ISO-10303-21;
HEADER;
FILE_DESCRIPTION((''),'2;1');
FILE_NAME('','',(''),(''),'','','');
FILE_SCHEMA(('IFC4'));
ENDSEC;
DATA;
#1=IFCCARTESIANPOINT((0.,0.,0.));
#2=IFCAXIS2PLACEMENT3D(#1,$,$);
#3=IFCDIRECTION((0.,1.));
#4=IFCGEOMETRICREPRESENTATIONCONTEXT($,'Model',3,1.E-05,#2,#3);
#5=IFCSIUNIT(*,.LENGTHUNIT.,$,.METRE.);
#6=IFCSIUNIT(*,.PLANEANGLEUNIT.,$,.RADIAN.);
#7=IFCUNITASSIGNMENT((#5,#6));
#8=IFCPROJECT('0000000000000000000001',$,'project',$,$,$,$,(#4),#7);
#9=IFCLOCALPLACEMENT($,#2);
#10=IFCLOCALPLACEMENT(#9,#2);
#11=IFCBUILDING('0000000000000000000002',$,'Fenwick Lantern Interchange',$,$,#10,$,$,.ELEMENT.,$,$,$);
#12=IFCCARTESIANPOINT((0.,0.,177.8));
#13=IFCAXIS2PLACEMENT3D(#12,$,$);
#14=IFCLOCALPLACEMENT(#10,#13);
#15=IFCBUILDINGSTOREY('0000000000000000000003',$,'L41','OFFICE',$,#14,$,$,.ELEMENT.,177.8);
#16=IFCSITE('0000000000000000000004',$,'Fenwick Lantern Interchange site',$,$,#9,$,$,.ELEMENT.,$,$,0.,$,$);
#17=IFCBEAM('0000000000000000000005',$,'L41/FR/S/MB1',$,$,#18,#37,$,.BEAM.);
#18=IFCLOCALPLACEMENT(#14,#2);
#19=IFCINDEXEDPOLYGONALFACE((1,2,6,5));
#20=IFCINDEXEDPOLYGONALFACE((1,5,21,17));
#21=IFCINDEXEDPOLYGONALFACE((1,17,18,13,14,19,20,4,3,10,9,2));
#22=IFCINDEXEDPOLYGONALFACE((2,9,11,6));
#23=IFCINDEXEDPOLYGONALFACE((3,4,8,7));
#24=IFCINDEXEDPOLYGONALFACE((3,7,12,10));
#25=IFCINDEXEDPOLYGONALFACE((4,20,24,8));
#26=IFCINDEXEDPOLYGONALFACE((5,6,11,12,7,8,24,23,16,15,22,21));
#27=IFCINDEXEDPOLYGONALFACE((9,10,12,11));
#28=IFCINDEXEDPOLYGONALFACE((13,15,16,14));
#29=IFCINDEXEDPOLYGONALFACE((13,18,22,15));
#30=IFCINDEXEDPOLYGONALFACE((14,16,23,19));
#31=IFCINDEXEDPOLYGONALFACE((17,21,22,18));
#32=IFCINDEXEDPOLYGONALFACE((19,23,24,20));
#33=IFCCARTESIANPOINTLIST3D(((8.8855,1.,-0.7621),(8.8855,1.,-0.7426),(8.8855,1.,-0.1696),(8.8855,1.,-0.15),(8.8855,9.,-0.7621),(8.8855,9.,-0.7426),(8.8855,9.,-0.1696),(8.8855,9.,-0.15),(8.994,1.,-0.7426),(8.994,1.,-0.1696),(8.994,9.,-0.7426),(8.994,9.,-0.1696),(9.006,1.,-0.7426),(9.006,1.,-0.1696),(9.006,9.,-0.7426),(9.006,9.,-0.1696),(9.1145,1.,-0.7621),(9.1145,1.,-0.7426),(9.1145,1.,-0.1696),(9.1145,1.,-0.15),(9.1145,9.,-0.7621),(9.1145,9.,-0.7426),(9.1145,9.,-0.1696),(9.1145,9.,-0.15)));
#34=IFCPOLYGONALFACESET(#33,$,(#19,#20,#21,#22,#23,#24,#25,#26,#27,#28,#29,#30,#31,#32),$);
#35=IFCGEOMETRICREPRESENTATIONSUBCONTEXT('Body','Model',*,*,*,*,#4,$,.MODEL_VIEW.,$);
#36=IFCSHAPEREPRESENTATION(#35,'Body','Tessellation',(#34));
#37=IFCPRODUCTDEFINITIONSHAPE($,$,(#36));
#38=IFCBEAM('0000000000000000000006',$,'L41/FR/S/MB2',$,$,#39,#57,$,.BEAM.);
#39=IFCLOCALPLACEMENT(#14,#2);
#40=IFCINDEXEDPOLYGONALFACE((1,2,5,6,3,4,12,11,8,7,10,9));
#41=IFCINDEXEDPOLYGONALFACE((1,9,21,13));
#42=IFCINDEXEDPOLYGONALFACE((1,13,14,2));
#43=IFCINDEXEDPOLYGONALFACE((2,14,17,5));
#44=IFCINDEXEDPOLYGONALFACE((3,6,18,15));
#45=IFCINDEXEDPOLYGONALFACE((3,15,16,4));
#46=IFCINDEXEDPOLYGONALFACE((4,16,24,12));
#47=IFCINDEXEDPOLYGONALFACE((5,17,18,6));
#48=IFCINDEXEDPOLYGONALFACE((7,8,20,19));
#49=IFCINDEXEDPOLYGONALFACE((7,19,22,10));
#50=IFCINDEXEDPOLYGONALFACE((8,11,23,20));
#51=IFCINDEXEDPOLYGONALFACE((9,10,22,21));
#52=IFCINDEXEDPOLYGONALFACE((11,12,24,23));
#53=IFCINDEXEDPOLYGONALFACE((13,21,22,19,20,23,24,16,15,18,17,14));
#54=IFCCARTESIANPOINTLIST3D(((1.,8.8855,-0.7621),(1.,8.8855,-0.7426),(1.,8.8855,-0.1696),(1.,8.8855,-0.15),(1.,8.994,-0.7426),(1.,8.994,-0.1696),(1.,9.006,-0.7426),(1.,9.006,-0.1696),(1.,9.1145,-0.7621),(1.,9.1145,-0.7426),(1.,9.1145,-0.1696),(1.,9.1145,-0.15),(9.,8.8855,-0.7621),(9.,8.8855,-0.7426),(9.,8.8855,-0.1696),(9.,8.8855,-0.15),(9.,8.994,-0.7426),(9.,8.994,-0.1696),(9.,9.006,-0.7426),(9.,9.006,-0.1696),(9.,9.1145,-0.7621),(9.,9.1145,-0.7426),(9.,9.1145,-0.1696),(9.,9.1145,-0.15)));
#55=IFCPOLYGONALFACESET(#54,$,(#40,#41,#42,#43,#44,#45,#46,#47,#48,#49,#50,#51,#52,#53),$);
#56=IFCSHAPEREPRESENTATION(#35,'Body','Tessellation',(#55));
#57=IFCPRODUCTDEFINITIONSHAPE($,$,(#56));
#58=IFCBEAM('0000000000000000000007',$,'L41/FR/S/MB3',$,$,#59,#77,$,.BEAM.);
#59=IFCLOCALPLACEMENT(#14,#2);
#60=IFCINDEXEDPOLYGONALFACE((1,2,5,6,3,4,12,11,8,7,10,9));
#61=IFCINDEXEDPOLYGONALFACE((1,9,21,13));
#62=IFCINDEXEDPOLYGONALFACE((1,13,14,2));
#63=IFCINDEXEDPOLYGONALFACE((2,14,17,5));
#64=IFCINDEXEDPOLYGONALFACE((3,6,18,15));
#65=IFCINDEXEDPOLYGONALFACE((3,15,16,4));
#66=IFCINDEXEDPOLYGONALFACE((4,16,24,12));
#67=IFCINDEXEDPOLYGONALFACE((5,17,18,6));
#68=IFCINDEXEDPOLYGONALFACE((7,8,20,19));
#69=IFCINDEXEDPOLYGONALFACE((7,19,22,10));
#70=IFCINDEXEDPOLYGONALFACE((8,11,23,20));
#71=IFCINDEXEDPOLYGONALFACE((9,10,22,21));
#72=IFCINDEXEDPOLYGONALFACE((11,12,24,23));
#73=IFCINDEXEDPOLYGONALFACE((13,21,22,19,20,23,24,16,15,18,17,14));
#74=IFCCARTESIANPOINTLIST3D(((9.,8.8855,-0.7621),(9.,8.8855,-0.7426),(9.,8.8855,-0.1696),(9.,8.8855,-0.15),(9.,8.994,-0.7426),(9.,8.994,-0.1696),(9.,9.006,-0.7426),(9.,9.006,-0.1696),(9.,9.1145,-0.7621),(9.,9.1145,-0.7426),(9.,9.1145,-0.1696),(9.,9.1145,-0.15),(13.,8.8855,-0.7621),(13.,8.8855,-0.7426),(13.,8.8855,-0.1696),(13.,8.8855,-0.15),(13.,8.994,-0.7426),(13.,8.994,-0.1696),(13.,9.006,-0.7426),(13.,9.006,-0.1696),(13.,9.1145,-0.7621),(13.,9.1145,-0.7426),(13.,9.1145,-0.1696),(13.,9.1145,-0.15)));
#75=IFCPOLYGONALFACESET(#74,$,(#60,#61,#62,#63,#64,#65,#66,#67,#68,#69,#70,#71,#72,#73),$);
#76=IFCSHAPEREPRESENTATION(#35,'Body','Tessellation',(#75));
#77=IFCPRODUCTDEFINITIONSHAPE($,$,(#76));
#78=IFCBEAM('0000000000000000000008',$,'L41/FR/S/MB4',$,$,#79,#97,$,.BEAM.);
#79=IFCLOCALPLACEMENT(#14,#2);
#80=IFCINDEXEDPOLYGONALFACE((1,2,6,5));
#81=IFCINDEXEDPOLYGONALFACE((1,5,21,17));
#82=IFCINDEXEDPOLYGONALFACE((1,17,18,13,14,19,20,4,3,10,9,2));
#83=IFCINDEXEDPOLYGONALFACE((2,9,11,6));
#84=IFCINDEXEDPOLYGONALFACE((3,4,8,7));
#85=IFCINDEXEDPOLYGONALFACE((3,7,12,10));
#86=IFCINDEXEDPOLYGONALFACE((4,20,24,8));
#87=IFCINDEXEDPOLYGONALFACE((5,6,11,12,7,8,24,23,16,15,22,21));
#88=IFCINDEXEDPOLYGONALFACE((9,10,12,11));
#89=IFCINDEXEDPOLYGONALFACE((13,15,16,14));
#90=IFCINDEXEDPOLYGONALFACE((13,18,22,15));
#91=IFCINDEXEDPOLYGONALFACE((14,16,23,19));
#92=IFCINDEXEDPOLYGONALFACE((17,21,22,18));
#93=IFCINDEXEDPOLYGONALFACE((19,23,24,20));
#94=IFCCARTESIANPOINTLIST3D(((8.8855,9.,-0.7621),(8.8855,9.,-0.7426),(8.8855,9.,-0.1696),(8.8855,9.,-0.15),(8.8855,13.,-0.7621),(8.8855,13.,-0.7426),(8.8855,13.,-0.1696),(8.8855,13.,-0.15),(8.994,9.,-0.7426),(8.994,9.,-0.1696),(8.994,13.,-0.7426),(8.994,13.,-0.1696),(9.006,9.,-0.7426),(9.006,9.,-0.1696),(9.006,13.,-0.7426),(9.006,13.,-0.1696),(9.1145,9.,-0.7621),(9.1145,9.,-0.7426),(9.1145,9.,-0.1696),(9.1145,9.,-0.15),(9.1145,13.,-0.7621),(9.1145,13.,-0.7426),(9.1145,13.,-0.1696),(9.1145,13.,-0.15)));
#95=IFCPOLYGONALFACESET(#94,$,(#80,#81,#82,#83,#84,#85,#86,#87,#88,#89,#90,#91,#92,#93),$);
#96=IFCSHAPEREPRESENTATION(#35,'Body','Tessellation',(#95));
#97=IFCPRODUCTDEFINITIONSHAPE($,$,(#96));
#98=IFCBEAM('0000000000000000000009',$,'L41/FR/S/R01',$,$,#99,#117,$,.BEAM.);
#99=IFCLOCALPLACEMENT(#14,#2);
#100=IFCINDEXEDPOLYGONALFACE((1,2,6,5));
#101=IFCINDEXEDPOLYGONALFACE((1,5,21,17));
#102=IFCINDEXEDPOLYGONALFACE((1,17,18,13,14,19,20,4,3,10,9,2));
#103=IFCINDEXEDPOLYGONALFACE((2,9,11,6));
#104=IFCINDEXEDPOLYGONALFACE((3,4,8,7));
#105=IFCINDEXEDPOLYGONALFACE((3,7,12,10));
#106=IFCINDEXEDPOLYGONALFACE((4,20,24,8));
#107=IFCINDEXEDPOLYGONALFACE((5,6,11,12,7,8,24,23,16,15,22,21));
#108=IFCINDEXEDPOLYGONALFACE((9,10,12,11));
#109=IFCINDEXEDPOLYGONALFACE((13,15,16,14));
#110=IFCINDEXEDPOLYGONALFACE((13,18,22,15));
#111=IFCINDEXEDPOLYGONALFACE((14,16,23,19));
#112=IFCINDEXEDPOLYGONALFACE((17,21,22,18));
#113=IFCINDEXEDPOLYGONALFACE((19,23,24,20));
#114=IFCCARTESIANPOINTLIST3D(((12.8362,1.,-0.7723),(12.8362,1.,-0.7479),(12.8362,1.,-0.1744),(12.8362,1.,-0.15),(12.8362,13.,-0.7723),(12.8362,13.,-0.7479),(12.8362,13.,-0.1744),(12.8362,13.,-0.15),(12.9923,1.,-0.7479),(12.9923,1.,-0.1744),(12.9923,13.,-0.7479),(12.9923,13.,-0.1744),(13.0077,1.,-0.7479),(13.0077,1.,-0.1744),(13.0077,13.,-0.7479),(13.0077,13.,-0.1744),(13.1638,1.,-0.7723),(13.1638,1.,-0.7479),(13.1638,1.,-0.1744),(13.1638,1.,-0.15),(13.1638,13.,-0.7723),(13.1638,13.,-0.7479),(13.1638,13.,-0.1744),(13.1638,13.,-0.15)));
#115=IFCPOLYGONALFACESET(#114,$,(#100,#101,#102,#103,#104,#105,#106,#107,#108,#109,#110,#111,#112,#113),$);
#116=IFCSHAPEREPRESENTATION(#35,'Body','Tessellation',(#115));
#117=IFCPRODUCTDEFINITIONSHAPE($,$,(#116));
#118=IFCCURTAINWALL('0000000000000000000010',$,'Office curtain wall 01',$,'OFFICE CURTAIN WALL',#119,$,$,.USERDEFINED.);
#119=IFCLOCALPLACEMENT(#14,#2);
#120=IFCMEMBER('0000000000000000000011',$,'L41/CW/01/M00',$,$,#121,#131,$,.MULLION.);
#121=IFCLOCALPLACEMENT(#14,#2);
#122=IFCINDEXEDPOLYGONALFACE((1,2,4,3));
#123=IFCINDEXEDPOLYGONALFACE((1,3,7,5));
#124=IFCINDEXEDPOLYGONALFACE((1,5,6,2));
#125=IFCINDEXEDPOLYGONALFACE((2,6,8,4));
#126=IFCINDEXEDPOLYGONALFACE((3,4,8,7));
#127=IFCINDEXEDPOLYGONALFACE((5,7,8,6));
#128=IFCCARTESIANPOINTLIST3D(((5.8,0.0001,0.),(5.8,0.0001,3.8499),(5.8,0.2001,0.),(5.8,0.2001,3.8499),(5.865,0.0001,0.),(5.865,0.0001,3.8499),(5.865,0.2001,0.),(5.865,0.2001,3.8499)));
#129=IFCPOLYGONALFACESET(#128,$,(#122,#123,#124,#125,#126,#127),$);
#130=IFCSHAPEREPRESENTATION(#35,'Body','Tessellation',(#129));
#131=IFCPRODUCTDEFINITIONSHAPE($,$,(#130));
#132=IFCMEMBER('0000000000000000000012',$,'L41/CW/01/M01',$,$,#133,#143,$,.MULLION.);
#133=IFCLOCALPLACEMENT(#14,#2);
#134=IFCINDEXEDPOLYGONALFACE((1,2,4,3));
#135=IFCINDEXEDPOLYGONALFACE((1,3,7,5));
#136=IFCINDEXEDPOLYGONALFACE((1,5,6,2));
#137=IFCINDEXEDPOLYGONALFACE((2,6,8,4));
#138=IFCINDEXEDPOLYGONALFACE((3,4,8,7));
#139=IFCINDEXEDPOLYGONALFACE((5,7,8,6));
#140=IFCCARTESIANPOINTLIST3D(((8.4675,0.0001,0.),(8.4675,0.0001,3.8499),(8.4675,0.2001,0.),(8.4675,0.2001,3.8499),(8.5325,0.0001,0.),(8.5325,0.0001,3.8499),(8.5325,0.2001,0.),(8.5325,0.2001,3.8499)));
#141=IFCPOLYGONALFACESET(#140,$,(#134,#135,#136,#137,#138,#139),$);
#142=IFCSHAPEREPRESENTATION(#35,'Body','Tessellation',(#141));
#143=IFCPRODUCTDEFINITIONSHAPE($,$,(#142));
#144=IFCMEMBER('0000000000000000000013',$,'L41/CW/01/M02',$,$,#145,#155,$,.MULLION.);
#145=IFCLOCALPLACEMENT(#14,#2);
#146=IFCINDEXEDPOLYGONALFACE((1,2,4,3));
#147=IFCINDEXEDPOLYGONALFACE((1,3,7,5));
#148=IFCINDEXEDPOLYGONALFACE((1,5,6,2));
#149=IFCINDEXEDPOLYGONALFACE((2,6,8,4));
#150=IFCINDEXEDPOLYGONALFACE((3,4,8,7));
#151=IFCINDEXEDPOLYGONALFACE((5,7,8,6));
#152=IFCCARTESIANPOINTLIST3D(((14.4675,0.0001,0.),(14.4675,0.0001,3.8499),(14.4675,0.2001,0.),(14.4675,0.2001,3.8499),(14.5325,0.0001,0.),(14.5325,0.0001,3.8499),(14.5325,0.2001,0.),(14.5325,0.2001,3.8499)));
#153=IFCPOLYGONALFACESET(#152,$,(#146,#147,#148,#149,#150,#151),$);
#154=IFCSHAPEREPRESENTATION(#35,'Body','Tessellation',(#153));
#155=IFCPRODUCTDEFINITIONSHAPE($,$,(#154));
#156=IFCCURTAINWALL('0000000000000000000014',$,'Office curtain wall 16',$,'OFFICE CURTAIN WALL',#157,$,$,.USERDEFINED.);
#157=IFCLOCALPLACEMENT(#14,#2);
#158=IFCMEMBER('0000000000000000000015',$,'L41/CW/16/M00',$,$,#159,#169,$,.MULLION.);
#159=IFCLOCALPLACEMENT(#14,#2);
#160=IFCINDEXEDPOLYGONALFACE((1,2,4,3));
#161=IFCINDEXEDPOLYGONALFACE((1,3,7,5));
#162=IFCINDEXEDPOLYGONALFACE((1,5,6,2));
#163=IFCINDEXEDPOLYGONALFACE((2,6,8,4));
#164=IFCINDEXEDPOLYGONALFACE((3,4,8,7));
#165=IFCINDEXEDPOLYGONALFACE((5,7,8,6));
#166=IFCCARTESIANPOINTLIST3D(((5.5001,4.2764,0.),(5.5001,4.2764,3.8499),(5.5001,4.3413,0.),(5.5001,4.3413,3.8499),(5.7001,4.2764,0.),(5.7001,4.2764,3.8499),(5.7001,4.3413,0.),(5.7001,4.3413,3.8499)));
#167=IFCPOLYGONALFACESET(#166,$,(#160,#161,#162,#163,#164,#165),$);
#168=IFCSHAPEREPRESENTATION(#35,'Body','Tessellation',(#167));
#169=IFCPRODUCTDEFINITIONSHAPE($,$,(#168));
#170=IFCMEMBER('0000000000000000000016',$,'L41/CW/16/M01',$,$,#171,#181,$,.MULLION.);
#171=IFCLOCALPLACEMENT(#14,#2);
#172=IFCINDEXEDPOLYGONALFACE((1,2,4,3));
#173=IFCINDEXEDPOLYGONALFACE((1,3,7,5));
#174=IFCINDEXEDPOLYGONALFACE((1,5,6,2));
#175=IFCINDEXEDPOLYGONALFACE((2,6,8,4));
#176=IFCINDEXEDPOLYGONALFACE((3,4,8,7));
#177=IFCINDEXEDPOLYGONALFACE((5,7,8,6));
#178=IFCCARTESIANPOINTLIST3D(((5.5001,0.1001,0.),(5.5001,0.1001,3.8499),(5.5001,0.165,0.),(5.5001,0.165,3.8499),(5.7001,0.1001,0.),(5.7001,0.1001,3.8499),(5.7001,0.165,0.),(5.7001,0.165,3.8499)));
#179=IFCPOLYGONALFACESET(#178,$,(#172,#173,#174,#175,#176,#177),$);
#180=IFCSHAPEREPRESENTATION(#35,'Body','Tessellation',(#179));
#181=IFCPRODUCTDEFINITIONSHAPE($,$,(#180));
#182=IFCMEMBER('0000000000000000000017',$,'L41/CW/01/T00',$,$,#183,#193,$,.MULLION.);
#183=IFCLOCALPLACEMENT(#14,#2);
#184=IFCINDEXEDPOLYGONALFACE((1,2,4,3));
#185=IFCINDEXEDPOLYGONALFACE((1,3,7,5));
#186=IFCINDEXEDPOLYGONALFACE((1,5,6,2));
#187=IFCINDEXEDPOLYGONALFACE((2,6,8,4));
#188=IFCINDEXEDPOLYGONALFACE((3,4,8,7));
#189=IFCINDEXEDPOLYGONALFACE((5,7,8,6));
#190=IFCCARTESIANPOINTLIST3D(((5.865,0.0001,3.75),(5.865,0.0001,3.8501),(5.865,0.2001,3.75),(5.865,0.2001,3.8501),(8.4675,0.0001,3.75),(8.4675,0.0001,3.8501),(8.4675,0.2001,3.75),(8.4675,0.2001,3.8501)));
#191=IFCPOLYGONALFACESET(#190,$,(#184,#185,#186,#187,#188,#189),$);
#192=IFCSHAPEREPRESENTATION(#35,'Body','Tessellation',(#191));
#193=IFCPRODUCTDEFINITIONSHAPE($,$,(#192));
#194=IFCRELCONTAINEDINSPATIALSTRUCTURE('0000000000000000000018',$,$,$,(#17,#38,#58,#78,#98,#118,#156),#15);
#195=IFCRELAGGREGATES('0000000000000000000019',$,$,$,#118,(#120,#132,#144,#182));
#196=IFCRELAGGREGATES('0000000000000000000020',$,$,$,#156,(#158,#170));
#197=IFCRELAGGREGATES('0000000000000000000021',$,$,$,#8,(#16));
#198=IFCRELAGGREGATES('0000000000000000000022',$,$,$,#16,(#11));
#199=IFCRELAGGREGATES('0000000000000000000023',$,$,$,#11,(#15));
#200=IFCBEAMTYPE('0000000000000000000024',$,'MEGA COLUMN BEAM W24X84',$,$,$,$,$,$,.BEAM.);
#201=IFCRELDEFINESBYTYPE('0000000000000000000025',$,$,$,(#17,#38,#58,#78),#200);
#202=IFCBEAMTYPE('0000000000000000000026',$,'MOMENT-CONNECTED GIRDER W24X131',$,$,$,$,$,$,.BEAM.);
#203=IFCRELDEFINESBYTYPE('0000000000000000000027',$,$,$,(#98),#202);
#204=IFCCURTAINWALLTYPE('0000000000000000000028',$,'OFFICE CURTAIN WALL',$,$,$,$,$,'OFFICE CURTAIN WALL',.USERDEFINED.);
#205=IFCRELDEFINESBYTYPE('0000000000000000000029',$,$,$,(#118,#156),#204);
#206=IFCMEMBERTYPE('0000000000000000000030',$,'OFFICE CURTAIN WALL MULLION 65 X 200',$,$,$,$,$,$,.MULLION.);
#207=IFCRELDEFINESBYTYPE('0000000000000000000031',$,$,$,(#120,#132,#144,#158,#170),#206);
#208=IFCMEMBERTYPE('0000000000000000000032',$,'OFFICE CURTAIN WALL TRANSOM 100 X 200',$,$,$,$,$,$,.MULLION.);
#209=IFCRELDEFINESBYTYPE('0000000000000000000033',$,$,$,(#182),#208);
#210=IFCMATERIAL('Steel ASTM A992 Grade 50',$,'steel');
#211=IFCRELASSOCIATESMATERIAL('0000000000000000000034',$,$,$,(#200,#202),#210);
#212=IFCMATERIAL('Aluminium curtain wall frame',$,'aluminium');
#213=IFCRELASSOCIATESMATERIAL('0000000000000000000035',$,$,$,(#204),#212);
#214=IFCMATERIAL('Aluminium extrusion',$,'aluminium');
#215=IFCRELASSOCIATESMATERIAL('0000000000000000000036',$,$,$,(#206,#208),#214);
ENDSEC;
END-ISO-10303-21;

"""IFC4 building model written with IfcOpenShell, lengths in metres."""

from ifc_helpers import new_model, si_unit, direction, frame, origin, origin_2d, place, context, subcontext, project, spatial, rectangle, i_section, extrude, material, material_profile, profile_set, type_object, element, aggregate, save


model = new_model("IFC4")

# Units and contexts
model_context = context("Model", 3, precision=1e-05, world=origin(), true_north=direction((0.0, 1.0)))
body_context = subcontext(model_context, "Body", "Model", "MODEL_VIEW")
ifc_project = project(units=[si_unit("LENGTHUNIT", "METRE"), si_unit("PLANEANGLEUNIT", "RADIAN")], contexts=[model_context])

# Site, building, storey
site_placement = place(None, origin())
site = spatial("IfcSite", under=ifc_project, at=site_placement, Name="Fenwick Lantern Interchange site", CompositionType="ELEMENT", RefElevation=0.0)
building_placement = place(site_placement, origin())
building = spatial("IfcBuilding", under=site, at=building_placement, Name="Fenwick Lantern Interchange", CompositionType="ELEMENT")
storey_placement = place(building_placement, frame((0.0, 0.0, 177.8)))
storey = spatial("IfcBuildingStorey", under=building, at=storey_placement, Name="L41", Description="OFFICE", CompositionType="ELEMENT", Elevation=177.8)

# Shared definitions
ifc_material_1 = material(Name="Steel ASTM A992 Grade 50", Category="steel")

# Beams
ifc_material_profile_1 = material_profile(ifc_material_1, i_section(OverallWidth=0.229, OverallDepth=0.6121, WebThickness=0.012, FlangeThickness=0.0195, at=origin_2d()), Name="W24X84")
ifc_profile_set_1 = profile_set([ifc_material_profile_1], Name="Steel ASTM A992 Grade 50")
beam_type_1 = type_object("IfcBeamType", Name="MEGA COLUMN BEAM W24X84", PredefinedType="BEAM", material=ifc_profile_set_1)
for number, where, z_axis, x_axis, name in (
    (1, (9.0, 9.0, -0.4561), (0.0, -1.0, 0.0), (1.0, 0.0, 0.0), "L41/FR/S/MB1"),
    (2, (9.0, 9.0, -0.4561), (-1.0, 0.0, 0.0), (0.0, -1.0, 0.0), "L41/FR/S/MB2"),
):
    element("IfcBeam", number, at=place(storey_placement, frame(where, z_axis=z_axis, x_axis=x_axis)), inside=storey, type_object=beam_type_1, Name=name, PredefinedType="BEAM", context=body_context, shape_type="SweptSolid", body=[
        extrude(i_section(OverallWidth=0.229, OverallDepth=0.6121, WebThickness=0.012, FlangeThickness=0.0195, at=origin_2d()), origin(), (0.0, 0.0, 1.0), 8.0),
    ])
for number, where, z_axis, x_axis, name in (
    (3, (9.0, 9.0, -0.4561), (1.0, 0.0, 0.0), (0.0, 1.0, 0.0), "L41/FR/S/MB3"),
    (4, (9.0, 9.0, -0.4561), (0.0, 1.0, 0.0), (-1.0, 0.0, 0.0), "L41/FR/S/MB4"),
):
    element("IfcBeam", number, at=place(storey_placement, frame(where, z_axis=z_axis, x_axis=x_axis)), inside=storey, type_object=beam_type_1, Name=name, PredefinedType="BEAM", context=body_context, shape_type="SweptSolid", body=[
        extrude(i_section(OverallWidth=0.229, OverallDepth=0.6121, WebThickness=0.012, FlangeThickness=0.0195, at=origin_2d()), origin(), (0.0, 0.0, 1.0), 4.0),
    ])
ifc_material_profile_2 = material_profile(ifc_material_1, i_section(OverallWidth=0.3276, OverallDepth=0.6223, WebThickness=0.0154, FlangeThickness=0.0244, at=origin_2d()), Name="W24X131")
ifc_profile_set_2 = profile_set([ifc_material_profile_2], Name="Steel ASTM A992 Grade 50")
beam_type_2 = type_object("IfcBeamType", Name="MOMENT-CONNECTED GIRDER W24X131", PredefinedType="BEAM", material=ifc_profile_set_2)
beam_1_placement = place(storey_placement, frame((13.0, 1.0, -0.4612), z_axis=(0.0, 1.0, 0.0), x_axis=(-1.0, 0.0, 0.0)))
element("IfcBeam", 5, at=beam_1_placement, inside=storey, type_object=beam_type_2, Name="L41/FR/S/R01", PredefinedType="BEAM", context=body_context, shape_type="SweptSolid", body=[
    extrude(i_section(OverallWidth=0.3276, OverallDepth=0.6223, WebThickness=0.0154, FlangeThickness=0.0244, at=origin_2d()), origin(), (0.0, 0.0, 1.0), 12.0),
])

# Curtain walls, members
ifc_material_2 = material(Name="Aluminium curtain wall frame", Category="aluminium")
curtain_wall_type = type_object("IfcCurtainWallType", Name="OFFICE CURTAIN WALL", ElementType="OFFICE CURTAIN WALL", PredefinedType="USERDEFINED", material=ifc_material_2)
curtain_wall_1_placement = place(storey_placement, origin())
curtain_wall_1 = element("IfcCurtainWall", 6, at=curtain_wall_1_placement, inside=storey, type_object=curtain_wall_type, Name="Office curtain wall 01", ObjectType="OFFICE CURTAIN WALL", PredefinedType="USERDEFINED")
ifc_material_3 = material(Name="Aluminium extrusion", Category="aluminium")
ifc_material_profile_3 = material_profile(ifc_material_3, rectangle(XDim=0.2, YDim=0.0649, at=origin_2d()), Name="OFFICE CURTAIN WALL MULLION 65 X 200")
ifc_profile_set_3 = profile_set([ifc_material_profile_3], Name="Aluminium extrusion")
member_type_1 = type_object("IfcMemberType", Name="OFFICE CURTAIN WALL MULLION 65 X 200", PredefinedType="MULLION", material=ifc_profile_set_3)
member_1_placement = place(storey_placement, frame((5.8325, 0.1001, 0.0), z_axis=(0.0, 0.0, 1.0), x_axis=(0.0, 1.0, 0.0)))
member_1 = element("IfcMember", 7, at=member_1_placement, type_object=member_type_1, Name="L41/CW/01/M00", PredefinedType="MULLION", context=body_context, shape_type="SweptSolid", body=[
    extrude(rectangle(XDim=0.2, YDim=0.0649, at=origin_2d()), origin(), (0.0, 0.0, 1.0), 3.8499),
])
member_2_placement = place(storey_placement, frame((8.5, 0.1001, 0.0), z_axis=(0.0, 0.0, 1.0), x_axis=(0.0, 1.0, 0.0)))
member_2 = element("IfcMember", 8, at=member_2_placement, type_object=member_type_1, Name="L41/CW/01/M01", PredefinedType="MULLION", context=body_context, shape_type="SweptSolid", body=[
    extrude(rectangle(XDim=0.2, YDim=0.0649, at=origin_2d()), origin(), (0.0, 0.0, 1.0), 3.8499),
])
member_3_placement = place(storey_placement, frame((14.5, 0.1001, 0.0), z_axis=(0.0, 0.0, 1.0), x_axis=(0.0, 1.0, 0.0)))
member_3 = element("IfcMember", 9, at=member_3_placement, type_object=member_type_1, Name="L41/CW/01/M02", PredefinedType="MULLION", context=body_context, shape_type="SweptSolid", body=[
    extrude(rectangle(XDim=0.2, YDim=0.0649, at=origin_2d()), origin(), (0.0, 0.0, 1.0), 3.8499),
])
curtain_wall_2_placement = place(storey_placement, origin())
curtain_wall_2 = element("IfcCurtainWall", 10, at=curtain_wall_2_placement, inside=storey, type_object=curtain_wall_type, Name="Office curtain wall 16", ObjectType="OFFICE CURTAIN WALL", PredefinedType="USERDEFINED")
member_4_placement = place(storey_placement, frame((5.6001, 4.3088, 0.0), z_axis=(0.0, 0.0, 1.0), x_axis=(1.0, 0.0, 0.0)))
member_4 = element("IfcMember", 11, at=member_4_placement, type_object=member_type_1, Name="L41/CW/16/M00", PredefinedType="MULLION", context=body_context, shape_type="SweptSolid", body=[
    extrude(rectangle(XDim=0.2, YDim=0.0649, at=origin_2d()), origin(), (0.0, 0.0, 1.0), 3.8499),
])
member_5_placement = place(storey_placement, frame((5.6001, 0.1326, 0.0), z_axis=(0.0, 0.0, 1.0), x_axis=(1.0, 0.0, 0.0)))
member_5 = element("IfcMember", 12, at=member_5_placement, type_object=member_type_1, Name="L41/CW/16/M01", PredefinedType="MULLION", context=body_context, shape_type="SweptSolid", body=[
    extrude(rectangle(XDim=0.2, YDim=0.0649, at=origin_2d()), origin(), (0.0, 0.0, 1.0), 3.8499),
])

# Member
ifc_material_profile_4 = material_profile(ifc_material_3, rectangle(XDim=0.2, YDim=0.1001, at=origin_2d()), Name="OFFICE CURTAIN WALL TRANSOM 100 X 200")
ifc_profile_set_4 = profile_set([ifc_material_profile_4], Name="Aluminium extrusion")
member_type_2 = type_object("IfcMemberType", Name="OFFICE CURTAIN WALL TRANSOM 100 X 200", PredefinedType="MULLION", material=ifc_profile_set_4)
member_6_placement = place(storey_placement, frame((5.865, 0.1001, 3.8), z_axis=(1.0, 0.0, 0.0), x_axis=(0.0, 1.0, 0.0)))
member_6 = element("IfcMember", 13, at=member_6_placement, type_object=member_type_2, Name="L41/CW/01/T00", PredefinedType="MULLION", context=body_context, shape_type="SweptSolid", body=[
    extrude(rectangle(XDim=0.2, YDim=0.1001, at=origin_2d()), origin(), (0.0, 0.0, 1.0), 2.6025),
])

aggregate(curtain_wall_1, [member_1, member_2, member_3, member_6])
aggregate(curtain_wall_2, [member_4, member_5])

save(model, "model.ifc")
